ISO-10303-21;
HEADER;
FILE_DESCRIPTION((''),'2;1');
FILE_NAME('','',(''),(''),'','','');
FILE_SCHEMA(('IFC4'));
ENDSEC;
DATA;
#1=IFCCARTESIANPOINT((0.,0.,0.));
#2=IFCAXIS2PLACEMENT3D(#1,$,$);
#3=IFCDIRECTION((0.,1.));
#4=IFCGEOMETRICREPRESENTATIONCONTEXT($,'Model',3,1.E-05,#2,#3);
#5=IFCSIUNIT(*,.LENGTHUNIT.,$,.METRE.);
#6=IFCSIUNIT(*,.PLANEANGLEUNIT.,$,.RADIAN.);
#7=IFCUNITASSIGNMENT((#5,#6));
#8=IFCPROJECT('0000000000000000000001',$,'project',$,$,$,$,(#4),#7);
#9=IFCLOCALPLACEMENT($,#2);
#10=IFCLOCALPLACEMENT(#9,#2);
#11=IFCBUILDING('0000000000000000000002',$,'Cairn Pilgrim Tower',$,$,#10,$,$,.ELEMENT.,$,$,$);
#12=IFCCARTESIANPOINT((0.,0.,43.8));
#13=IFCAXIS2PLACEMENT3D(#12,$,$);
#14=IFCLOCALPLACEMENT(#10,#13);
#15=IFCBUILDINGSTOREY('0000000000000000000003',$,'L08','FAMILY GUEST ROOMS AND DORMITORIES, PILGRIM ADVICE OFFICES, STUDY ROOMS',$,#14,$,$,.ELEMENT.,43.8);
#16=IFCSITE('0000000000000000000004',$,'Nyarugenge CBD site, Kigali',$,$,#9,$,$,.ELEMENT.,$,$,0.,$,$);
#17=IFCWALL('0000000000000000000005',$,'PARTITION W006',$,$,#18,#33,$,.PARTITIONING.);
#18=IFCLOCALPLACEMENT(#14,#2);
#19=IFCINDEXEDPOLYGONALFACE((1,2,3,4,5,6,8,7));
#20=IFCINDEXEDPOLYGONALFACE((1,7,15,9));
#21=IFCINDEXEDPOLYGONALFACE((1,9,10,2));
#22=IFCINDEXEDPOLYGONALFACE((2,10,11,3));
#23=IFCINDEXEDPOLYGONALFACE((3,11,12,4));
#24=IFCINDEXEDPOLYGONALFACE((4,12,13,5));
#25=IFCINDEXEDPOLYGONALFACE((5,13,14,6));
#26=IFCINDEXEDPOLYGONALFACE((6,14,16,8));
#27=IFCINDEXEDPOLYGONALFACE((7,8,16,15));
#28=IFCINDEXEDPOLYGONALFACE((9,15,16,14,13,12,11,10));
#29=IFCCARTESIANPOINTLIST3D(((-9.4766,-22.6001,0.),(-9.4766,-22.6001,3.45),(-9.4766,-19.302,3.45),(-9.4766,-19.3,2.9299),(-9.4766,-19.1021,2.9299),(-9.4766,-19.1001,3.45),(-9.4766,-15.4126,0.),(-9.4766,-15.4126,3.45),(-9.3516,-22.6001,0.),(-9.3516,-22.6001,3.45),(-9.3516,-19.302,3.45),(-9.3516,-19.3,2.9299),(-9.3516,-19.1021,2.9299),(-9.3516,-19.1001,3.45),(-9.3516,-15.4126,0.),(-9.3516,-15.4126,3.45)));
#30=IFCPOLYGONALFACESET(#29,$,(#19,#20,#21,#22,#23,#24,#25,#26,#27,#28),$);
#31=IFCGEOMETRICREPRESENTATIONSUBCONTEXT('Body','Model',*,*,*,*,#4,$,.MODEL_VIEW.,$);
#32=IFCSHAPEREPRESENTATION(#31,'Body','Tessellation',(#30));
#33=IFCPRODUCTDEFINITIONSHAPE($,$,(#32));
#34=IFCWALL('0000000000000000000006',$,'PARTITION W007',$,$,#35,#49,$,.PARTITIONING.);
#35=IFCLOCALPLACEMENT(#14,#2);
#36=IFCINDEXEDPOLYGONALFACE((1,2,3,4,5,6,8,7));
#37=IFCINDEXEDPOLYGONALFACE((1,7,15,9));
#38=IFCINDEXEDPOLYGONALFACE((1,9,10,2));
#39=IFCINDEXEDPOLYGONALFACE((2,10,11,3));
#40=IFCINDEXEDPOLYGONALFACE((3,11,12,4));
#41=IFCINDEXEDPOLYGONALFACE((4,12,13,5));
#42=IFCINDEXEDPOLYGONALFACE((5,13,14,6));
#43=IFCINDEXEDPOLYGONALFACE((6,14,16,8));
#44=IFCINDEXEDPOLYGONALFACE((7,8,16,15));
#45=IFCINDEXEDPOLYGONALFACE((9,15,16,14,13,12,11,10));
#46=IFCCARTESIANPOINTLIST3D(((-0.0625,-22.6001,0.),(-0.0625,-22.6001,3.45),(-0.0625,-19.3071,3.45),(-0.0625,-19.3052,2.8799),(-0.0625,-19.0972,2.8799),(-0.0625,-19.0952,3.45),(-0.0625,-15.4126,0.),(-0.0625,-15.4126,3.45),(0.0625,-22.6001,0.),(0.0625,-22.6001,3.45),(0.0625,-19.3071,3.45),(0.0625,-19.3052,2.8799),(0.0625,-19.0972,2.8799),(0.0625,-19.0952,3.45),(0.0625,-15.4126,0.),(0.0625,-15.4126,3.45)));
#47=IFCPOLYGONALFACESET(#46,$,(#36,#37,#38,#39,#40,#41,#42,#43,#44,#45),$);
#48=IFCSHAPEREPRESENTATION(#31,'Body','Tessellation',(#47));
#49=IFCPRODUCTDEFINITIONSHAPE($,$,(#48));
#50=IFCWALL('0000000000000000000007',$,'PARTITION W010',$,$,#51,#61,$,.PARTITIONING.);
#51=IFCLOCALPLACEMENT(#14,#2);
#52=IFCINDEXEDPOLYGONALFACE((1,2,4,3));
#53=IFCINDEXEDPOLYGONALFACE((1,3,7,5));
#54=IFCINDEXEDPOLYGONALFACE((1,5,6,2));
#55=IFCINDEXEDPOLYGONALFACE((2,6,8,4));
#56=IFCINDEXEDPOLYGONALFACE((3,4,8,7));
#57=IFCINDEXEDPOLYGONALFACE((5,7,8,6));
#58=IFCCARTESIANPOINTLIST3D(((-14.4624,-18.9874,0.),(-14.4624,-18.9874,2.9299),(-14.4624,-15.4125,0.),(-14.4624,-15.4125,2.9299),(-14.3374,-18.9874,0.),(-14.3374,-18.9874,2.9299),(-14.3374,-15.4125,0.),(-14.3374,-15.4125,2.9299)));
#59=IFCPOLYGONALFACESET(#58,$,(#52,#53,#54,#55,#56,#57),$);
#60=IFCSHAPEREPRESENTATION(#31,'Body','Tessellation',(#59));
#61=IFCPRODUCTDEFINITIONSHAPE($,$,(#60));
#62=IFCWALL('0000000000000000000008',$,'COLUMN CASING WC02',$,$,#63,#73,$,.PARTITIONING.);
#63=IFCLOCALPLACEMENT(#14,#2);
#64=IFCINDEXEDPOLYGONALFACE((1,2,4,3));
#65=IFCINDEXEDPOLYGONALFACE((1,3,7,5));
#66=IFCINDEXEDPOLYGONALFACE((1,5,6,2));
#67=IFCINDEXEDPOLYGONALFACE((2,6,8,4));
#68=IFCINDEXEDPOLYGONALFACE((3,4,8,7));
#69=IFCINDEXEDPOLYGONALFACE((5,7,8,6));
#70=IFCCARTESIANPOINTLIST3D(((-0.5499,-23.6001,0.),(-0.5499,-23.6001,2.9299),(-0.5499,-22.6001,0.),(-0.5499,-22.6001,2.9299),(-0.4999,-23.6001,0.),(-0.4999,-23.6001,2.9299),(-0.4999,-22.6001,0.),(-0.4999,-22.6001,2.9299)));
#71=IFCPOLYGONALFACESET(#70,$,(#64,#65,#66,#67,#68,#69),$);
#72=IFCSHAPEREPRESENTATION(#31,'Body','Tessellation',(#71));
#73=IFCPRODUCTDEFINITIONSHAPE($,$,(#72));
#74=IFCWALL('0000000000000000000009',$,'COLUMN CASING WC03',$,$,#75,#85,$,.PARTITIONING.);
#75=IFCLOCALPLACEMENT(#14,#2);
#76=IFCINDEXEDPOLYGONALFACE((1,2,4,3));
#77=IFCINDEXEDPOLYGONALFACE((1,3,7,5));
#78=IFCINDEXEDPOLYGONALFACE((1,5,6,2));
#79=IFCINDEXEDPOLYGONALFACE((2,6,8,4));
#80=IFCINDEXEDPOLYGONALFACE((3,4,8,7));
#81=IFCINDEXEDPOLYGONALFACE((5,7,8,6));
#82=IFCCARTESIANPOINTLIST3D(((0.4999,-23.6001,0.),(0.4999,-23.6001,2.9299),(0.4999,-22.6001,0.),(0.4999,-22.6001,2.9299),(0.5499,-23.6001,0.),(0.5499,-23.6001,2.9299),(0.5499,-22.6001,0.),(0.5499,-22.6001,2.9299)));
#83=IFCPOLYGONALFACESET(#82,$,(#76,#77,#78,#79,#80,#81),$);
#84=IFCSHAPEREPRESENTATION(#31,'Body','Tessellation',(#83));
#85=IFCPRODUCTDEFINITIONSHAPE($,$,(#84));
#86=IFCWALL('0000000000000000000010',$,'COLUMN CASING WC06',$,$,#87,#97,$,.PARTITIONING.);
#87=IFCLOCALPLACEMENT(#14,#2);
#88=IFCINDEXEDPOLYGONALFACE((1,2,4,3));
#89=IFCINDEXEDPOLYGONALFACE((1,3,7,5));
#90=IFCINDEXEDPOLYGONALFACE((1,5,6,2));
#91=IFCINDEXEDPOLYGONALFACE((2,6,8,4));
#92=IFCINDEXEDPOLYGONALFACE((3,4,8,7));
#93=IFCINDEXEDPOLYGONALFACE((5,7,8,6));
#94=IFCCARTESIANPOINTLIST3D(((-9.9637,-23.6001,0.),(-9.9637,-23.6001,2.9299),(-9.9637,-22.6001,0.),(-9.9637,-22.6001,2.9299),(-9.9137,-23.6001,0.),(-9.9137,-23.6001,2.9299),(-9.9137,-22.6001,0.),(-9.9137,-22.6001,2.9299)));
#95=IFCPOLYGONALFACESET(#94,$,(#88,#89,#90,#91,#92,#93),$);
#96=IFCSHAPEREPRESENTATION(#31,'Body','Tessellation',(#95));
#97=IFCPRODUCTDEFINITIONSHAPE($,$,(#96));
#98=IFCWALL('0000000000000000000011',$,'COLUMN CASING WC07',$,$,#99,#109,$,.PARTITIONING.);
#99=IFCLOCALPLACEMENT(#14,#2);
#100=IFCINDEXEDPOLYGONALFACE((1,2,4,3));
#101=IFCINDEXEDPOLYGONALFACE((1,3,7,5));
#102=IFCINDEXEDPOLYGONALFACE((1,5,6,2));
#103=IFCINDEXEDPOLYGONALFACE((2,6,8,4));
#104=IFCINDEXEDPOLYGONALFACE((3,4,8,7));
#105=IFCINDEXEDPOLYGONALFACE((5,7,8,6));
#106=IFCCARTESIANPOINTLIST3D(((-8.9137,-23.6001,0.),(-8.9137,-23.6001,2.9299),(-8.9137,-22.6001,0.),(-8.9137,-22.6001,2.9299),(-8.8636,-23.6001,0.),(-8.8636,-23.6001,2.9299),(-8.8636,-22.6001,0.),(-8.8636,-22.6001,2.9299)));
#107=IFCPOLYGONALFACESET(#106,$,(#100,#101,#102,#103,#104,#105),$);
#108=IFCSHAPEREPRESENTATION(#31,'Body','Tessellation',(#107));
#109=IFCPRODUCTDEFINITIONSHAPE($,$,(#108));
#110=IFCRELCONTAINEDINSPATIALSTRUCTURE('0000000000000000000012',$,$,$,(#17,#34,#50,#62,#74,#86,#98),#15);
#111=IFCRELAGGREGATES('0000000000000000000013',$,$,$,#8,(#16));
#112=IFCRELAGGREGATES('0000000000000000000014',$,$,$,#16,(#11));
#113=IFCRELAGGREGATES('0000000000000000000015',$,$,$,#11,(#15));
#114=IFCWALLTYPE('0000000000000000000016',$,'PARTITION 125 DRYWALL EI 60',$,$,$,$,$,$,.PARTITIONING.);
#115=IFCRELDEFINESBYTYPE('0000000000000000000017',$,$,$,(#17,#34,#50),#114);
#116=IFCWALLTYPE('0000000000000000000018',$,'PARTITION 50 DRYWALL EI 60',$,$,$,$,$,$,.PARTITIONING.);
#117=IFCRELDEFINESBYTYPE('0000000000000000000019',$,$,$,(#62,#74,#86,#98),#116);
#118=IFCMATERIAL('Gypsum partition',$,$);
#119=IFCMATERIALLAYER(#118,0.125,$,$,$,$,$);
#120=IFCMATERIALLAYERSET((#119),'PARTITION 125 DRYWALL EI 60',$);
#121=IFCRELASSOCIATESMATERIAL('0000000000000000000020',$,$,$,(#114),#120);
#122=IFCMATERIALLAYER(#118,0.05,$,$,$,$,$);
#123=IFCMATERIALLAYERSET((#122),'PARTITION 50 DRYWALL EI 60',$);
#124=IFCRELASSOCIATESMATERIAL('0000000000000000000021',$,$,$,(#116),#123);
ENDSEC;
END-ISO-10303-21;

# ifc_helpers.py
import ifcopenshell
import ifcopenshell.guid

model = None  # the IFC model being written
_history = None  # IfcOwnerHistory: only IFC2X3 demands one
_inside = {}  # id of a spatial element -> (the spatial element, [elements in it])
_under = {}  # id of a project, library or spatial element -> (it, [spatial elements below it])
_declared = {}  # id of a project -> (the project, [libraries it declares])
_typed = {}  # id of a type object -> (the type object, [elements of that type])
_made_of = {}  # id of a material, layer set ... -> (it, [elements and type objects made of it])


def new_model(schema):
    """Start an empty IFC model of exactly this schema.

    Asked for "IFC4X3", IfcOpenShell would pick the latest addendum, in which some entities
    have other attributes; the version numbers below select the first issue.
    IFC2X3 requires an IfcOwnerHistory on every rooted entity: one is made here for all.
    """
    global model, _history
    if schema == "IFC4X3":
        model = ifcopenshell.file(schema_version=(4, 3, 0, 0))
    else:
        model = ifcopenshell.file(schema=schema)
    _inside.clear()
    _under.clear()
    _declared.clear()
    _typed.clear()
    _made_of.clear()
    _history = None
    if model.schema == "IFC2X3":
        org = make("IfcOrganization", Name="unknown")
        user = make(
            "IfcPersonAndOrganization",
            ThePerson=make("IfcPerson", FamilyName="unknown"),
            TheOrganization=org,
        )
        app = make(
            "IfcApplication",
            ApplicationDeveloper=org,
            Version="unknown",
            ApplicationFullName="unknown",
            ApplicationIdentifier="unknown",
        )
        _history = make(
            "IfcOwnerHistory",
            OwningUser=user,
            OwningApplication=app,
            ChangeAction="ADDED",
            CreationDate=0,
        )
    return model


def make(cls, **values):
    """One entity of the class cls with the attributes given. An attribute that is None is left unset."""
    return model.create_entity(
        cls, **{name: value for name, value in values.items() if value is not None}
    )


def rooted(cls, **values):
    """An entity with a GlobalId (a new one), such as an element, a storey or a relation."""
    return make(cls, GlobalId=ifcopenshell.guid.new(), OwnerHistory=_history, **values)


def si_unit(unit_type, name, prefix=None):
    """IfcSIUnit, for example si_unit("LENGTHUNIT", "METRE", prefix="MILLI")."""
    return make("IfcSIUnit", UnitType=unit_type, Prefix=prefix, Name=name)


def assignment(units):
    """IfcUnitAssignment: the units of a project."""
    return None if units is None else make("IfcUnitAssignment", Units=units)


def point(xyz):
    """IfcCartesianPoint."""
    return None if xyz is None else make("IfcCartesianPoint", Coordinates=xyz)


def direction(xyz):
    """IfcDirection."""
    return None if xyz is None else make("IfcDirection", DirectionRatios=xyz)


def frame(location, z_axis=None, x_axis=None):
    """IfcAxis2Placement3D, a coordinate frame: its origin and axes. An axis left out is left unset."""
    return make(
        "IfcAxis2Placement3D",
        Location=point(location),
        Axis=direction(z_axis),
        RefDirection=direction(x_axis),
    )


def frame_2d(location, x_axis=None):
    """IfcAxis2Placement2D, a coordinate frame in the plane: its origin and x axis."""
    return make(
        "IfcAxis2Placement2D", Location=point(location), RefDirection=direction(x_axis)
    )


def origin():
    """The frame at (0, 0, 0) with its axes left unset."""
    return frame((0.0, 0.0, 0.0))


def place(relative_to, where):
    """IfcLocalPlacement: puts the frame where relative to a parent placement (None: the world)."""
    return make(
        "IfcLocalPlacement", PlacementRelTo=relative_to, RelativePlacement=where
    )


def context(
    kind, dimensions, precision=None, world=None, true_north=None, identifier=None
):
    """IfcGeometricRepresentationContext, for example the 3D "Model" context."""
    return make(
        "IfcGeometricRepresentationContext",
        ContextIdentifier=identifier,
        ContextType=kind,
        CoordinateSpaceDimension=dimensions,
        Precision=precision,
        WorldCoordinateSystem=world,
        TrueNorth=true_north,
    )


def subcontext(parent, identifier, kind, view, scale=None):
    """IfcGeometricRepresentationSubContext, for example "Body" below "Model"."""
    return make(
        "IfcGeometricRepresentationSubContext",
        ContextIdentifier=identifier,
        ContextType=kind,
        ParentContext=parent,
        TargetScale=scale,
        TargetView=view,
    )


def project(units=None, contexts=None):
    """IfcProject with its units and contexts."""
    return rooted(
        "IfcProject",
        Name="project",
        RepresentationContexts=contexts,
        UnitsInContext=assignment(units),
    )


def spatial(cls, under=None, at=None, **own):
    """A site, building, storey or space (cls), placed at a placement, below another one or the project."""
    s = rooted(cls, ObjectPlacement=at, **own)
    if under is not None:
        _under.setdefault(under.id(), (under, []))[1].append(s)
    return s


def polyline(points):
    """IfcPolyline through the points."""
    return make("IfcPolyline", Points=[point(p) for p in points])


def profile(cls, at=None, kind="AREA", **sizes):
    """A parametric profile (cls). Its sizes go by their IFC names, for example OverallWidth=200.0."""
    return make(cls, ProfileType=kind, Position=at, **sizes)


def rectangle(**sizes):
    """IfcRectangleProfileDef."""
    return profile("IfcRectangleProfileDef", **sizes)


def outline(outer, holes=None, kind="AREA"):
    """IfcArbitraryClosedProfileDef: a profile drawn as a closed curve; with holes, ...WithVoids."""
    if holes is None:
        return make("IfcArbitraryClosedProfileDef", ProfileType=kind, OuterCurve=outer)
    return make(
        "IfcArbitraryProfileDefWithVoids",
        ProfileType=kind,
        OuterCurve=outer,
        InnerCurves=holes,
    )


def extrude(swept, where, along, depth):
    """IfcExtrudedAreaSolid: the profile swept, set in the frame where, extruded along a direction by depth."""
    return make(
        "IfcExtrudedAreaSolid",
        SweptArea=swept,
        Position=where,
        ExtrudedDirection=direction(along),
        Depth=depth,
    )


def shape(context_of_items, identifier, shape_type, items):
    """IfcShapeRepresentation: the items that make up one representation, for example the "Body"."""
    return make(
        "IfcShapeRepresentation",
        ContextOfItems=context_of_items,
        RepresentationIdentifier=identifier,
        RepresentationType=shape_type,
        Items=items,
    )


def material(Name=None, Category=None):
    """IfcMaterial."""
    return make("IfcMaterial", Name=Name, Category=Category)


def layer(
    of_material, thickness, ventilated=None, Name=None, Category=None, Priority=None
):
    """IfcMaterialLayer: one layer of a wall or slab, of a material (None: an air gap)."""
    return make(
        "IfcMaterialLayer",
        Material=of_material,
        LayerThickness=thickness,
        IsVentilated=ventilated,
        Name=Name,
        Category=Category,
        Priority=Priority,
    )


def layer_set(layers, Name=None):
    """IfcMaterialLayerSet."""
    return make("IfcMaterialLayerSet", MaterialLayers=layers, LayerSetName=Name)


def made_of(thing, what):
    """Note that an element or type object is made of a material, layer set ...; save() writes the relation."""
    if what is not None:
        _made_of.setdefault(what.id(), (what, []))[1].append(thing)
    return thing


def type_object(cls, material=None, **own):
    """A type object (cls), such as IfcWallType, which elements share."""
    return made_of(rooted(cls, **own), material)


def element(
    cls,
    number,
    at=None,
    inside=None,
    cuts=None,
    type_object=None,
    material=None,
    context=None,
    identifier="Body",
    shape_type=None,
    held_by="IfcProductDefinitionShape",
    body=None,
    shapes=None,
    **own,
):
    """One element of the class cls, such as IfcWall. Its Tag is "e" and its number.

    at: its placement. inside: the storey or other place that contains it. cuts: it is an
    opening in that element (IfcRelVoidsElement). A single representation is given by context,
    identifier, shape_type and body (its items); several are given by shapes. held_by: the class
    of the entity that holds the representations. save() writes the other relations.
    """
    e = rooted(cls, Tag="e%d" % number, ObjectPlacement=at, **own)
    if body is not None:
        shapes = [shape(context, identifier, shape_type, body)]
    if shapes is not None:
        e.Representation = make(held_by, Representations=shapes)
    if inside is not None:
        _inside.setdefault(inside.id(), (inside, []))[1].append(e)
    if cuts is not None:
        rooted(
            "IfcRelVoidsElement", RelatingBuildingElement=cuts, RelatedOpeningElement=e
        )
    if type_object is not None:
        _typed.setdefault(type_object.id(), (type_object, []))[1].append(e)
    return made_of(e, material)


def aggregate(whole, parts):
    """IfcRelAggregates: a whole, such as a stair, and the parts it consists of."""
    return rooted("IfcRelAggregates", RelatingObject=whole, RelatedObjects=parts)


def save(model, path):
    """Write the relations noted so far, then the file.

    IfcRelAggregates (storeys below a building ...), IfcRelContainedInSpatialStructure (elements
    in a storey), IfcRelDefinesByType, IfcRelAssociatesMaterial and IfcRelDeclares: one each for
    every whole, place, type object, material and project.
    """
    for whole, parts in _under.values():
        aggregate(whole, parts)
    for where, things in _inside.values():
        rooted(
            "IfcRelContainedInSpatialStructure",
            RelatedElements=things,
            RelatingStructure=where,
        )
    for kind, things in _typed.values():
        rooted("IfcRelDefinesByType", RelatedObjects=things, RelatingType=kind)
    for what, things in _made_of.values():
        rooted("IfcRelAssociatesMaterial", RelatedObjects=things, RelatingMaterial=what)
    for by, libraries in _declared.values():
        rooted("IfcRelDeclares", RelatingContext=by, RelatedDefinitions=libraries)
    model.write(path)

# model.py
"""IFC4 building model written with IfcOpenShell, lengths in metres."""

from ifc_helpers import new_model, si_unit, direction, frame, frame_2d, origin, place, context, subcontext, project, spatial, polyline, rectangle, outline, extrude, material, layer, layer_set, type_object, element, save


model = new_model("IFC4")

# Units and contexts
model_context = context("Model", 3, precision=1e-05, world=origin(), true_north=direction((0.0, 1.0)))
body_context = subcontext(model_context, "Body", "Model", "MODEL_VIEW")
ifc_project = project(units=[si_unit("LENGTHUNIT", "METRE"), si_unit("PLANEANGLEUNIT", "RADIAN")], contexts=[model_context])

# Site, building, storey
site_placement = place(None, origin())
site = spatial("IfcSite", under=ifc_project, at=site_placement, Name="Nyarugenge CBD site, Kigali", CompositionType="ELEMENT", RefElevation=0.0)
building_placement = place(site_placement, origin())
building = spatial("IfcBuilding", under=site, at=building_placement, Name="Cairn Pilgrim Tower", CompositionType="ELEMENT")
storey_placement = place(building_placement, frame((0.0, 0.0, 43.8)))
storey = spatial("IfcBuildingStorey", under=building, at=storey_placement, Name="L08", Description="FAMILY GUEST ROOMS AND DORMITORIES, PILGRIM ADVICE OFFICES, STUDY ROOMS", CompositionType="ELEMENT", Elevation=43.8)

# Shared definitions
ifc_material_1 = material(Name="Gypsum partition")

# Walls
ifc_layer_1 = layer(ifc_material_1, 0.125)
ifc_layer_set_1 = layer_set([ifc_layer_1], Name="PARTITION 125 DRYWALL EI 60")
wall_type_1 = type_object("IfcWallType", Name="PARTITION 125 DRYWALL EI 60", PredefinedType="PARTITIONING", material=ifc_layer_set_1)
wall_1_placement = place(storey_placement, frame((-9.4141, -22.6001, 0.0), z_axis=(0.0, 0.0, 1.0), x_axis=(0.0, 1.0, 0.0)))
element("IfcWall", 1, at=wall_1_placement, inside=storey, type_object=wall_type_1, Name="PARTITION W006", PredefinedType="PARTITIONING", context=body_context, shape_type="SweptSolid", body=[
    extrude(outline(polyline([(0.0, 0.0), (7.1875, 0.0), (7.1875, 3.45), (3.5, 3.45), (3.498, 2.9299), (3.3, 2.9299), (3.2981, 3.45), (0.0, 3.45), (0.0, 0.0)])), frame((0.0, 0.0625, 0.0), z_axis=(0.0, -1.0, 0.0), x_axis=(1.0, 0.0, 0.0)), (0.0, 0.0, 1.0), 0.125),
])
wall_2_placement = place(storey_placement, frame((0.0, -22.6001, 0.0), z_axis=(0.0, 0.0, 1.0), x_axis=(0.0, 1.0, 0.0)))
element("IfcWall", 2, at=wall_2_placement, inside=storey, type_object=wall_type_1, Name="PARTITION W007", PredefinedType="PARTITIONING", context=body_context, shape_type="SweptSolid", body=[
    extrude(outline(polyline([(0.0, 0.0), (7.1875, 0.0), (7.1875, 3.45), (3.5049, 3.45), (3.5029, 2.8799), (3.2949, 2.8799), (3.293, 3.45), (0.0, 3.45), (0.0, 0.0)])), frame((0.0, 0.0625, 0.0), z_axis=(0.0, -1.0, 0.0), x_axis=(1.0, 0.0, 0.0)), (0.0, 0.0, 1.0), 0.125),
])
wall_3_placement = place(storey_placement, frame((-14.3999, -18.9875, 0.0), z_axis=(0.0, 0.0, 1.0), x_axis=(0.0, 1.0, 0.0)))
element("IfcWall", 3, at=wall_3_placement, inside=storey, type_object=wall_type_1, Name="PARTITION W010", PredefinedType="PARTITIONING", context=body_context, shape_type="SweptSolid", body=[
    extrude(rectangle(XDim=3.575, YDim=0.125, at=frame_2d((1.7876, 0.0))), origin(), (0.0, 0.0, 1.0), 2.9299),
])
ifc_layer_2 = layer(ifc_material_1, 0.05)
ifc_layer_set_2 = layer_set([ifc_layer_2], Name="PARTITION 50 DRYWALL EI 60")
wall_type_2 = type_object("IfcWallType", Name="PARTITION 50 DRYWALL EI 60", PredefinedType="PARTITIONING", material=ifc_layer_set_2)
for number, where, z_axis, x_axis, name in (
    (4, (-0.5249, -23.6001, 0.0), (0.0, 0.0, 1.0), (0.0, 1.0, 0.0), "COLUMN CASING WC02"),
    (5, (0.5249, -23.6001, 0.0), (0.0, 0.0, 1.0), (0.0, 1.0, 0.0), "COLUMN CASING WC03"),
    (6, (-9.9387, -23.6001, 0.0), (0.0, 0.0, 1.0), (0.0, 1.0, 0.0), "COLUMN CASING WC06"),
    (7, (-8.8887, -23.6001, 0.0), (0.0, 0.0, 1.0), (0.0, 1.0, 0.0), "COLUMN CASING WC07"),
):
    element("IfcWall", number, at=place(storey_placement, frame(where, z_axis=z_axis, x_axis=x_axis)), inside=storey, type_object=wall_type_2, Name=name, PredefinedType="PARTITIONING", context=body_context, shape_type="SweptSolid", body=[
        extrude(rectangle(XDim=1.0, YDim=0.05, at=frame_2d((0.5, 0.0))), origin(), (0.0, 0.0, 1.0), 2.9299),
    ])

save(model, "model.ifc")
